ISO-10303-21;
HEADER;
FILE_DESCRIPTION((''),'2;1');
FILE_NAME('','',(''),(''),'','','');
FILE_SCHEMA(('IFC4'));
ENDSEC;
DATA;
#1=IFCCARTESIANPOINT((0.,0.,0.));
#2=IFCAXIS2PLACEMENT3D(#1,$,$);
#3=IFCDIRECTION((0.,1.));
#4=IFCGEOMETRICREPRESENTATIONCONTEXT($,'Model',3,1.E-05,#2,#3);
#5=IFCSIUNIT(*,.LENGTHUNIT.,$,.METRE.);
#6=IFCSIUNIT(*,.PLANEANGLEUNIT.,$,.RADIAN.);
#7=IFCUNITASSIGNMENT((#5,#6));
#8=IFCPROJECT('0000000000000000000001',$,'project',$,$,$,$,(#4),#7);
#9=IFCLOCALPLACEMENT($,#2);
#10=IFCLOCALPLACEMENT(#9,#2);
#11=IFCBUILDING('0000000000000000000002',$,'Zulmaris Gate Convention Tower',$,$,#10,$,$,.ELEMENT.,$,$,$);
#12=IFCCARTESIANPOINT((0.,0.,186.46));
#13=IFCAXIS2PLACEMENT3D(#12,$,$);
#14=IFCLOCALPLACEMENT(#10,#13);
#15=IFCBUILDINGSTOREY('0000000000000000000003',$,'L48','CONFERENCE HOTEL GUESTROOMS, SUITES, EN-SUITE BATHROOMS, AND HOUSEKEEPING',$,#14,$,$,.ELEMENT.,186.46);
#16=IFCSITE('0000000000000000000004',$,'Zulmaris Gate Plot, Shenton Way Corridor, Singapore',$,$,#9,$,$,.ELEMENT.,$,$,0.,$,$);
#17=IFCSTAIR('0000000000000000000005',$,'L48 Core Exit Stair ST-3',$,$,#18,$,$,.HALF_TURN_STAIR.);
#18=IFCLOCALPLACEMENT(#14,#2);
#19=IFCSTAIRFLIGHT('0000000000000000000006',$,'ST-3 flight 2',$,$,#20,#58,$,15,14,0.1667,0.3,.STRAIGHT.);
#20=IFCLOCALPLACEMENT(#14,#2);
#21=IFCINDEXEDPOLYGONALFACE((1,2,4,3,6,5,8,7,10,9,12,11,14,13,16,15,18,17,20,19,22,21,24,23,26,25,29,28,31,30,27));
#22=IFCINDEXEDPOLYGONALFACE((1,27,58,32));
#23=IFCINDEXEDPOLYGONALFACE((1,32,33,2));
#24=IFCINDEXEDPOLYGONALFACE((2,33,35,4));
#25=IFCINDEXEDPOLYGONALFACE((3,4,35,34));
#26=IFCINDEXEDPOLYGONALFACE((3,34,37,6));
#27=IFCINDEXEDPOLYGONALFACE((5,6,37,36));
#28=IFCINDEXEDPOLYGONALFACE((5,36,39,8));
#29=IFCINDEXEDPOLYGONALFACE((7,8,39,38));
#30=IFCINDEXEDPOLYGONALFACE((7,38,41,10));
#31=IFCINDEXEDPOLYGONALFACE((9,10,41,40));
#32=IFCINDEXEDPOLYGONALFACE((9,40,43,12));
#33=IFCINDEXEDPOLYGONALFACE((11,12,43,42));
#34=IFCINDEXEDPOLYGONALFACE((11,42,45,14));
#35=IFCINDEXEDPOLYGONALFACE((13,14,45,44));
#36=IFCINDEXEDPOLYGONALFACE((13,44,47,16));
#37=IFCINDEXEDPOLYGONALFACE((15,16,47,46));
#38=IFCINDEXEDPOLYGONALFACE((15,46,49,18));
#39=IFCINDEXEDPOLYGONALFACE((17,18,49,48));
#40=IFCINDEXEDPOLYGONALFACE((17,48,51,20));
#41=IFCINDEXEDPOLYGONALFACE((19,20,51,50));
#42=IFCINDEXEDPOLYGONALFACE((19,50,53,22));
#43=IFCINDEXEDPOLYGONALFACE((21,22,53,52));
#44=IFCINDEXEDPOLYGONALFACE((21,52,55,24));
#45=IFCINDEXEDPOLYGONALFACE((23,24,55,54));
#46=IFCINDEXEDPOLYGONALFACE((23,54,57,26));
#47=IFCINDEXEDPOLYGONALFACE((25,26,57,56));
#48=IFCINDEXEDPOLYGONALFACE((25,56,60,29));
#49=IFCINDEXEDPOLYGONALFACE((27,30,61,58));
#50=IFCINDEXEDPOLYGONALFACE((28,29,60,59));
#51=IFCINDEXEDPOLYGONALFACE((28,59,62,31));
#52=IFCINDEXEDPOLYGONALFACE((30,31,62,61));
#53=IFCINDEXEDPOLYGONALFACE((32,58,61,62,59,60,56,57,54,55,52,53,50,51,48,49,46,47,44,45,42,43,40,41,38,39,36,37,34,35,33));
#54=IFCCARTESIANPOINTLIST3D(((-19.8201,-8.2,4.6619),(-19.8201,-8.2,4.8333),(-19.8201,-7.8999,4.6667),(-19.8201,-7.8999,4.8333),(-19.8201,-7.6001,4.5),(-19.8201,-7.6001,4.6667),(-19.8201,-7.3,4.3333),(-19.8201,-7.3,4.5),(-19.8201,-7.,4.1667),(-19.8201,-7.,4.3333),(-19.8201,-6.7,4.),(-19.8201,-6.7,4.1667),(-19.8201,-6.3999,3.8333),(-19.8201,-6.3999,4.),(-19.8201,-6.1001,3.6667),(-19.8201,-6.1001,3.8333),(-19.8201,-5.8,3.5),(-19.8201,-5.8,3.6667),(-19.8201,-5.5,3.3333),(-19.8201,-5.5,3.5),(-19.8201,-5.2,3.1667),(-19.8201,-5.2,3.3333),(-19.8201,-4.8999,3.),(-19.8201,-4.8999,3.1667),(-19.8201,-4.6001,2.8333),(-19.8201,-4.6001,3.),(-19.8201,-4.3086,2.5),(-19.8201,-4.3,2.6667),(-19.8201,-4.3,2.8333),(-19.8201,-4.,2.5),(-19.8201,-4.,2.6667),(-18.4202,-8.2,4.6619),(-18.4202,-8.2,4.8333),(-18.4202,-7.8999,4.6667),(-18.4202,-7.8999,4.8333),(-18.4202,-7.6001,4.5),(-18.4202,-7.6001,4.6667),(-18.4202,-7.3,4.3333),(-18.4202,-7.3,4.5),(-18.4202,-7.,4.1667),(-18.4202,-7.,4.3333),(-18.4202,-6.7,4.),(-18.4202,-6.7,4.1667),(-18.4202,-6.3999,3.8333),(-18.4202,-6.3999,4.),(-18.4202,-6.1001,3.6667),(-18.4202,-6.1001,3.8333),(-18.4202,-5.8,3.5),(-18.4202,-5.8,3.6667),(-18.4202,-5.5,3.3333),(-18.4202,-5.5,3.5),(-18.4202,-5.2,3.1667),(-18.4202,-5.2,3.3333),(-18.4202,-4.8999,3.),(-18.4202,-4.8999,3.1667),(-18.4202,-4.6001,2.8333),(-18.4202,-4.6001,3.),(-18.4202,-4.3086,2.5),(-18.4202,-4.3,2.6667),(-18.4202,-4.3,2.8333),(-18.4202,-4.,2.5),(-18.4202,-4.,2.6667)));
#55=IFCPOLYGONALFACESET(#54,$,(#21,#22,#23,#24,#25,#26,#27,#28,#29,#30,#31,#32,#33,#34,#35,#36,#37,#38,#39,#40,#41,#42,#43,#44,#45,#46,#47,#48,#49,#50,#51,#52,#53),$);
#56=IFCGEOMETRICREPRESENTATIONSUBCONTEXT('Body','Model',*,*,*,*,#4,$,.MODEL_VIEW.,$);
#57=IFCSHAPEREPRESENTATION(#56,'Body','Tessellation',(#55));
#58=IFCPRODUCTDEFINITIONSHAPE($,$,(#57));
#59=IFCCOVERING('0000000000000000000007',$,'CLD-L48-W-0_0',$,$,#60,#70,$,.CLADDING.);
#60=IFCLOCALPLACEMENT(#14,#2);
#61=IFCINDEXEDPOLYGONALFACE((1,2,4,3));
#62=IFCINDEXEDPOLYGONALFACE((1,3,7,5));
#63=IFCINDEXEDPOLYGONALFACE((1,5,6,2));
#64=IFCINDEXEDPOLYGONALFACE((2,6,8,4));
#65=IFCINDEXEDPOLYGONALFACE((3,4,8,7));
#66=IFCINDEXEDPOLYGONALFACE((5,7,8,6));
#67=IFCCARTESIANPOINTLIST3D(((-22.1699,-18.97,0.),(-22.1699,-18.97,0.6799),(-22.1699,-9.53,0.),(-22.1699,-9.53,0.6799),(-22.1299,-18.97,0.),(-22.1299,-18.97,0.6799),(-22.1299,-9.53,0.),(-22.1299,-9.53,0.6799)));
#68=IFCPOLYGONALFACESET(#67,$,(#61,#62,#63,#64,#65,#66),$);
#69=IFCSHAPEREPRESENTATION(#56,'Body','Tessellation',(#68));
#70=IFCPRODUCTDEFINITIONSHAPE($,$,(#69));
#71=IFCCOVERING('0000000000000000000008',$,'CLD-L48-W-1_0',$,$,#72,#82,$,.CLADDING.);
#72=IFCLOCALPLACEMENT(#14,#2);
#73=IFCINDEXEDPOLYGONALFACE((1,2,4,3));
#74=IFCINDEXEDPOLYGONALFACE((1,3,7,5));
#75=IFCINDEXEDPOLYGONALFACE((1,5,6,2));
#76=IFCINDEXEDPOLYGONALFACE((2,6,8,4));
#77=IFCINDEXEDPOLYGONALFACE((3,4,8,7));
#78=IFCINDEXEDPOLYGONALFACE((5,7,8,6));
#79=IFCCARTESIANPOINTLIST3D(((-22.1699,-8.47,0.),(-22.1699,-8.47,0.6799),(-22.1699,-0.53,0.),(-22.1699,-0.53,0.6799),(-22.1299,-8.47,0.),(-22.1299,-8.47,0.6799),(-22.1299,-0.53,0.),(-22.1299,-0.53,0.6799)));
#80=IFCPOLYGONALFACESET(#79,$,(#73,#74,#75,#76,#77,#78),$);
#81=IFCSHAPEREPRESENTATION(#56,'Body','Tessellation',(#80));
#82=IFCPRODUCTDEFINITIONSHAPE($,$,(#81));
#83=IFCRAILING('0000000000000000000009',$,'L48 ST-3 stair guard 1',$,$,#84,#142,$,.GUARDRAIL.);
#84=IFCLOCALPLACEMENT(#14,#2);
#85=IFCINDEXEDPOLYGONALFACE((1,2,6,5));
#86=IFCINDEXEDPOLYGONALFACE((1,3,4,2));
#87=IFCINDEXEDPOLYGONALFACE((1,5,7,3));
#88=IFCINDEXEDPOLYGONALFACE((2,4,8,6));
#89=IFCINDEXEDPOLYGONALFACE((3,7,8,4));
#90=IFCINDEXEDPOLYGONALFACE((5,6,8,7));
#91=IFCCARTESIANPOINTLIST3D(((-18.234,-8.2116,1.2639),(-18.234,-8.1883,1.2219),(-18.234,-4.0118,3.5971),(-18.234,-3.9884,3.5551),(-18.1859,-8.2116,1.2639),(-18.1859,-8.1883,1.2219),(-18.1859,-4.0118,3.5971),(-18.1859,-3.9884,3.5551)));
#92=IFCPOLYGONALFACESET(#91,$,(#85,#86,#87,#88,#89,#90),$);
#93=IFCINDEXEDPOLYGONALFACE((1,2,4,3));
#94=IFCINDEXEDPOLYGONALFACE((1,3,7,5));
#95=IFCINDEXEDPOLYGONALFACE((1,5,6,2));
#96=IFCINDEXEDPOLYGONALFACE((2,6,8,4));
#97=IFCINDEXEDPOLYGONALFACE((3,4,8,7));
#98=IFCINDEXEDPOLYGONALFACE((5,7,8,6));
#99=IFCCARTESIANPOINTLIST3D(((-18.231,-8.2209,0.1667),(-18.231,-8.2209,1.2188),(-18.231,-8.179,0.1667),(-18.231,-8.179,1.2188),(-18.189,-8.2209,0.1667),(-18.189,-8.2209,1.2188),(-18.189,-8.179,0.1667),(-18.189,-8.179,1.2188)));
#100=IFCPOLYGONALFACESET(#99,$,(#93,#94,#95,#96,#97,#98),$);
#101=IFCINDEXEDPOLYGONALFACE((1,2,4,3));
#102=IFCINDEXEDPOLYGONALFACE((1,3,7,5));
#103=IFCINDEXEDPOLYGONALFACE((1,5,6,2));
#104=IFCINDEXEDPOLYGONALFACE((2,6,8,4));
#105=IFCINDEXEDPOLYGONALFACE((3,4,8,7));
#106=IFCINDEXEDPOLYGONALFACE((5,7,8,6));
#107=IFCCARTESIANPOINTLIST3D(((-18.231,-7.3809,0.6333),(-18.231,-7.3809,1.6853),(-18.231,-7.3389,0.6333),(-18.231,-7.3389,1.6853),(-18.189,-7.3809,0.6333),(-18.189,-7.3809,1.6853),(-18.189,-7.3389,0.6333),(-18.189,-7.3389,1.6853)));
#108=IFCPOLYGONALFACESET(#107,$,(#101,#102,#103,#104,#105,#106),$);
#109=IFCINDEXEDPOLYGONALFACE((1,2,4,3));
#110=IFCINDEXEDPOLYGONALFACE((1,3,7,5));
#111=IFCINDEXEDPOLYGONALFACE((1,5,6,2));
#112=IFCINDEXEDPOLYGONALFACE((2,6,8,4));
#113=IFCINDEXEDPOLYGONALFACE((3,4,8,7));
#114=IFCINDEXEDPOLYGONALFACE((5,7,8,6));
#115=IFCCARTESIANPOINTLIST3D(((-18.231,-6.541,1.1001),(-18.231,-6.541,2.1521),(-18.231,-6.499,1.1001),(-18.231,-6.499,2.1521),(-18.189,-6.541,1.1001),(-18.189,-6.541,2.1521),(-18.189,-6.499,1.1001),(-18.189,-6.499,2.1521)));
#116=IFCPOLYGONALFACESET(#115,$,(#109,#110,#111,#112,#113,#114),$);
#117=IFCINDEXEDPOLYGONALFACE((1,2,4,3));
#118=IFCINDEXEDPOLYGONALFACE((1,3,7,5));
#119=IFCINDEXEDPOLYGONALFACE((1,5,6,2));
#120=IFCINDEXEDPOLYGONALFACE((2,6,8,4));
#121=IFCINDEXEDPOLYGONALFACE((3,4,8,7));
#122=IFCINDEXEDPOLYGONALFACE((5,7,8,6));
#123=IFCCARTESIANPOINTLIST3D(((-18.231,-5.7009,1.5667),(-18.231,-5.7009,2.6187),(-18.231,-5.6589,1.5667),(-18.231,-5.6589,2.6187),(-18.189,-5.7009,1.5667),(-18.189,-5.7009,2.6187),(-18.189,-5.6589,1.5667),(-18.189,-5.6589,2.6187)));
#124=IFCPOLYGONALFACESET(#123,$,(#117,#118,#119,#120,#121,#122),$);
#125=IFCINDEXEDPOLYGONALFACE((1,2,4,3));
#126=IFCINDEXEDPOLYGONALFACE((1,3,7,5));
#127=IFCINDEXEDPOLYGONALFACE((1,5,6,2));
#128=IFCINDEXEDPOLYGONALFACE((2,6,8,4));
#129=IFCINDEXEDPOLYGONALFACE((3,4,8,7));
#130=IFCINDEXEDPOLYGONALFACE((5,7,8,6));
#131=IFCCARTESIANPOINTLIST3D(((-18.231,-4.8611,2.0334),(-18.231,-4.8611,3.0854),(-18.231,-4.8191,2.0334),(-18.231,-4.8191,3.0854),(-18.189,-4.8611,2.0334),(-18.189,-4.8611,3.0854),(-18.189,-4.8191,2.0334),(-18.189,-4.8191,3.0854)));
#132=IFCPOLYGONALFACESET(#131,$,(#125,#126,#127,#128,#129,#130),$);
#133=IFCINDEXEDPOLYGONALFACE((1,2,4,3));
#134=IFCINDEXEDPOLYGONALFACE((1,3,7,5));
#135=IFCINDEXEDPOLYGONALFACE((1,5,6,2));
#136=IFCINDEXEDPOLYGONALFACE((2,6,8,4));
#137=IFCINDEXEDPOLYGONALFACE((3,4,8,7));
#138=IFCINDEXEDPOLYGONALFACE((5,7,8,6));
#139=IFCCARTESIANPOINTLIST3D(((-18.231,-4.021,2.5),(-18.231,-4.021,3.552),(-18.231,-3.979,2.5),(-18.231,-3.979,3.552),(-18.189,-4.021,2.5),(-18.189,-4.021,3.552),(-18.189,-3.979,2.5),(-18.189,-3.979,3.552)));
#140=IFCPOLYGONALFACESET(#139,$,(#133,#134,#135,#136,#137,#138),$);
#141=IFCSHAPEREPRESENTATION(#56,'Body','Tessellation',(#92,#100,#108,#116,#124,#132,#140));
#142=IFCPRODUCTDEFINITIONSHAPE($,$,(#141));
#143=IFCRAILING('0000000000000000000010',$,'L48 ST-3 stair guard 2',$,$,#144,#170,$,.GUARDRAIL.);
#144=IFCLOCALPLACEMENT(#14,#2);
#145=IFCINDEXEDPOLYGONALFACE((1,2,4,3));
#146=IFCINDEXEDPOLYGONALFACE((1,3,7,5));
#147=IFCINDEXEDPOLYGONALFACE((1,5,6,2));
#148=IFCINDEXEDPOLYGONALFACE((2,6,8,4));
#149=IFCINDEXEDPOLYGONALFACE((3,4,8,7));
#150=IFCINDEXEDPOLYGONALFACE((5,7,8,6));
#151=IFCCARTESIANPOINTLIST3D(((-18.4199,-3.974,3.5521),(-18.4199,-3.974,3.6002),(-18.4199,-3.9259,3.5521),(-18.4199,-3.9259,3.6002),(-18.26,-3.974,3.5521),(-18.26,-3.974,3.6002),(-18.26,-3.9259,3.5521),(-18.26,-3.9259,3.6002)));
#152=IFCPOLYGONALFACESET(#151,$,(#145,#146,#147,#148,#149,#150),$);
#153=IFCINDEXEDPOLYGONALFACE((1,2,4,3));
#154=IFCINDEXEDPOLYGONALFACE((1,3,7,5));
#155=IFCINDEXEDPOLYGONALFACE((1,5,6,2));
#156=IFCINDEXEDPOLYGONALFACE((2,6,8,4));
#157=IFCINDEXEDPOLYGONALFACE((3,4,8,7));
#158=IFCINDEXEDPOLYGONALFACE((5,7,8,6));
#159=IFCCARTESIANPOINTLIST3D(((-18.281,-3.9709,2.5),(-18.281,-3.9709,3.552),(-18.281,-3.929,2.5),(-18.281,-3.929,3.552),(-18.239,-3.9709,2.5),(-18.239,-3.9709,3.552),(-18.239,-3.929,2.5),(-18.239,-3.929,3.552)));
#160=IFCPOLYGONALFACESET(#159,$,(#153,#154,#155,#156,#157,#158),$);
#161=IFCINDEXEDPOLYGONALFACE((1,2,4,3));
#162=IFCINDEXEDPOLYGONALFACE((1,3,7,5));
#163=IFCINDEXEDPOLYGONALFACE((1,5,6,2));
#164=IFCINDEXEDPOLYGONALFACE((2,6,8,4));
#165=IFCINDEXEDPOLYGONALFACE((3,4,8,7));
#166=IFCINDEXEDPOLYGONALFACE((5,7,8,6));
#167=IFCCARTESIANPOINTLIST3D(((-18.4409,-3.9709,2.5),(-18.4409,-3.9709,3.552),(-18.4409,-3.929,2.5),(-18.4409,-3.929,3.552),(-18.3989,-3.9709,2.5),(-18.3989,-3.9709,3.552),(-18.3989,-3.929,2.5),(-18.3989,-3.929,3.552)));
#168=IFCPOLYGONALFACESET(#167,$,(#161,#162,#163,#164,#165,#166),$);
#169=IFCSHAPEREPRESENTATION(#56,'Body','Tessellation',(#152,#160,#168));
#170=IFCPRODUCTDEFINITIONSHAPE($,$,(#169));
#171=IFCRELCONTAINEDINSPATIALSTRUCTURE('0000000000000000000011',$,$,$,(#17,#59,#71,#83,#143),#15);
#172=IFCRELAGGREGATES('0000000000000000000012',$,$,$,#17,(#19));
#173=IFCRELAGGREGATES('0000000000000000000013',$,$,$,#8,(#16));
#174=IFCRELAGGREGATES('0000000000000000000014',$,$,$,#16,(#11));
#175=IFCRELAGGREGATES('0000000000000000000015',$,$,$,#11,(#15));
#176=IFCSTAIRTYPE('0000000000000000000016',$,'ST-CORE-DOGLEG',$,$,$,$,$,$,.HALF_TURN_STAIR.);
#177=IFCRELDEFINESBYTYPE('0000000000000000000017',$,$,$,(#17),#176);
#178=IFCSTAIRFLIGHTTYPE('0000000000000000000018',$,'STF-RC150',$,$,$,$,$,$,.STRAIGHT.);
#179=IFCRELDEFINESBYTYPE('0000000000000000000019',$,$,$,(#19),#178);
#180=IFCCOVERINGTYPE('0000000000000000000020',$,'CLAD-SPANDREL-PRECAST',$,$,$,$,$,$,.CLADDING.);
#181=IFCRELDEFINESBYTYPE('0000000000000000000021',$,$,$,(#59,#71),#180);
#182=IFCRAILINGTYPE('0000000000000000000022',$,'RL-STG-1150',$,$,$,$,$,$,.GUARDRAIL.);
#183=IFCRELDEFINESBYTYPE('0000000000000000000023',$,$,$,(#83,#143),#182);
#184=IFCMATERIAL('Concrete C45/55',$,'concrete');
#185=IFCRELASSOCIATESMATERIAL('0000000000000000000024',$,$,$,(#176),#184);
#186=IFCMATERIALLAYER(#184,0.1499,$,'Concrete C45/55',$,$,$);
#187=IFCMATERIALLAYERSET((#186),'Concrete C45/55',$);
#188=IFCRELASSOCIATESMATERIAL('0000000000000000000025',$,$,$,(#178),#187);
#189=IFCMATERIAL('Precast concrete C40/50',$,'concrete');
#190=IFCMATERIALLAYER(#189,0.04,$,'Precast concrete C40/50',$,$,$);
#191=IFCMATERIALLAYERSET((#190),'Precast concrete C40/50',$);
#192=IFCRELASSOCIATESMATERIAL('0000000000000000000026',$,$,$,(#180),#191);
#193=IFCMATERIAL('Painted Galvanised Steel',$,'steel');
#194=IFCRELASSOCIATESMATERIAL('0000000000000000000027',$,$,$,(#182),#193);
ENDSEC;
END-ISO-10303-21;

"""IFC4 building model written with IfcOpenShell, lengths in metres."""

from ifc_helpers import new_model, si_unit, direction, frame, frame_2d, origin, origin_2d, place, context, subcontext, project, spatial, polyline, rectangle, outline, extrude, material, layer, layer_set, type_object, element, aggregate, save


model = new_model("IFC4")

# Units and contexts
model_context = context("Model", 3, precision=1e-05, world=origin(), true_north=direction((0.0, 1.0)))
body_context = subcontext(model_context, "Body", "Model", "MODEL_VIEW")
ifc_project = project(units=[si_unit("LENGTHUNIT", "METRE"), si_unit("PLANEANGLEUNIT", "RADIAN")], contexts=[model_context])

# Site, building, storey
site_placement = place(None, origin())
site = spatial("IfcSite", under=ifc_project, at=site_placement, Name="Zulmaris Gate Plot, Shenton Way Corridor, Singapore", CompositionType="ELEMENT", RefElevation=0.0)
building_placement = place(site_placement, origin())
building = spatial("IfcBuilding", under=site, at=building_placement, Name="Zulmaris Gate Convention Tower", CompositionType="ELEMENT")
storey_placement = place(building_placement, frame((0.0, 0.0, 186.46)))
storey = spatial("IfcBuildingStorey", under=building, at=storey_placement, Name="L48", Description="CONFERENCE HOTEL GUESTROOMS, SUITES, EN-SUITE BATHROOMS, AND HOUSEKEEPING", CompositionType="ELEMENT", Elevation=186.46)

# Shared definitions
ifc_material_1 = material(Name="Precast concrete C40/50", Category="concrete")

# Stair, stair flight
ifc_material_2 = material(Name="Concrete C45/55", Category="concrete")
stair_type = type_object("IfcStairType", Name="ST-CORE-DOGLEG", PredefinedType="HALF_TURN_STAIR", material=ifc_material_2)
stair_placement = place(storey_placement, origin())
stair = element("IfcStair", 1, at=stair_placement, inside=storey, type_object=stair_type, Name="L48 Core Exit Stair ST-3", PredefinedType="HALF_TURN_STAIR")
ifc_layer_1 = layer(ifc_material_2, 0.1499, Name="Concrete C45/55")
ifc_layer_set_1 = layer_set([ifc_layer_1], Name="Concrete C45/55")
stair_flight_type = type_object("IfcStairFlightType", Name="STF-RC150", PredefinedType="STRAIGHT", material=ifc_layer_set_1)
stair_flight_1_placement = place(storey_placement, frame((-19.1201, -4.0, 2.5), z_axis=(0.0, 0.0, 1.0), x_axis=(0.0, -1.0, 0.0)))
stair_flight_1 = element("IfcStairFlight", 2, at=stair_flight_1_placement, type_object=stair_flight_type, Name="ST-3 flight 2", NumberOfRisers=15, NumberOfTreads=14, PredefinedType="STRAIGHT", RiserHeight=0.1667, TreadLength=0.3, context=body_context, shape_type="SweptSolid", body=[
    extrude(outline(polyline([(0.0, 0.0), (0.0, 0.1667), (0.3, 0.1667), (0.3, 0.3333), (0.6001, 0.3333), (0.6001, 0.5), (0.8999, 0.5), (0.8999, 0.6667), (1.2, 0.6667), (1.2, 0.8333), (1.5, 0.8333), (1.5, 1.0), (1.8, 1.0), (1.8, 1.1667), (2.1001, 1.1667), (2.1001, 1.3333), (2.3999, 1.3333), (2.3999, 1.5), (2.7, 1.5), (2.7, 1.6667), (3.0, 1.6667), (3.0, 1.8333), (3.3, 1.8333), (3.3, 2.0), (3.6001, 2.0), (3.6001, 2.1667), (3.8999, 2.1667), (3.8999, 2.3333), (4.2, 2.3333), (4.2, 2.5), (4.2, 2.1619), (0.3086, 0.0), (0.0, 0.0)])), frame((0.0, 0.7, 0.0), z_axis=(0.0, -1.0, 0.0), x_axis=(1.0, 0.0, 0.0)), (0.0, 0.0, 1.0), 1.3999),
])
aggregate(stair, [stair_flight_1])

# Coverings
ifc_layer_2 = layer(ifc_material_1, 0.04, Name="Precast concrete C40/50")
ifc_layer_set_2 = layer_set([ifc_layer_2], Name="Precast concrete C40/50")
covering_type = type_object("IfcCoveringType", Name="CLAD-SPANDREL-PRECAST", PredefinedType="CLADDING", material=ifc_layer_set_2)
covering_1_placement = place(storey_placement, frame((-22.1499, -9.53, 0.0), z_axis=(0.0, 0.0, 1.0), x_axis=(0.0, -1.0, 0.0)))
element("IfcCovering", 3, at=covering_1_placement, inside=storey, type_object=covering_type, Name="CLD-L48-W-0_0", PredefinedType="CLADDING", context=body_context, shape_type="SweptSolid", body=[
    extrude(rectangle(XDim=9.4399, YDim=0.04, at=frame_2d((4.72, 0.0))), origin(), (0.0, 0.0, 1.0), 0.6799),
])
covering_2_placement = place(storey_placement, frame((-22.1499, -0.53, 0.0), z_axis=(0.0, 0.0, 1.0), x_axis=(0.0, -1.0, 0.0)))
element("IfcCovering", 4, at=covering_2_placement, inside=storey, type_object=covering_type, Name="CLD-L48-W-1_0", PredefinedType="CLADDING", context=body_context, shape_type="SweptSolid", body=[
    extrude(rectangle(XDim=7.9399, YDim=0.04, at=frame_2d((3.97, 0.0))), origin(), (0.0, 0.0, 1.0), 0.6799),
])

# Railings
ifc_material_3 = material(Name="Painted Galvanised Steel", Category="steel")
railing_type_1 = type_object("IfcRailingType", Name="RL-STG-1150", PredefinedType="GUARDRAIL", material=ifc_material_3)
railing_1_placement = place(storey_placement, frame((-18.21, -8.2, 0.1667)))
element("IfcRailing", 5, at=railing_1_placement, inside=storey, type_object=railing_type_1, Name="L48 ST-3 stair guard 1", PredefinedType="GUARDRAIL", context=body_context, shape_type="SweptSolid", body=[
    extrude(rectangle(XDim=0.0481, YDim=0.0481, at=origin_2d()), frame((0.0, 0.0, 1.0762), z_axis=(0.0, 0.874162, 0.485634), x_axis=(-1.0, 0.0, 0.0)), (0.0, 0.0, 1.0), 4.8044),
    extrude(rectangle(XDim=0.042, YDim=0.042, at=origin_2d()), origin(), (0.0, 0.0, 1.0), 1.052),
    extrude(rectangle(XDim=0.042, YDim=0.042, at=origin_2d()), frame((0.0, 0.8401, 0.4666)), (0.0, 0.0, 1.0), 1.052),
    extrude(rectangle(XDim=0.042, YDim=0.042, at=origin_2d()), frame((0.0, 1.6799, 0.9333)), (0.0, 0.0, 1.0), 1.052),
    extrude(rectangle(XDim=0.042, YDim=0.042, at=origin_2d()), frame((0.0, 2.52, 1.3999)), (0.0, 0.0, 1.0), 1.052),
    extrude(rectangle(XDim=0.042, YDim=0.042, at=origin_2d()), frame((0.0, 3.3599, 1.8667)), (0.0, 0.0, 1.0), 1.052),
    extrude(rectangle(XDim=0.042, YDim=0.042, at=origin_2d()), frame((0.0, 4.2, 2.3333)), (0.0, 0.0, 1.0), 1.052),
])
railing_2_placement = place(storey_placement, frame((-18.26, -3.95, 2.5)))
element("IfcRailing", 6, at=railing_2_placement, inside=storey, type_object=railing_type_1, Name="L48 ST-3 stair guard 2", PredefinedType="GUARDRAIL", context=body_context, shape_type="SweptSolid", body=[
    extrude(rectangle(XDim=0.0481, YDim=0.0481, at=origin_2d()), frame((0.0, 0.0, 1.0762), z_axis=(-1.0, 0.0, 0.0), x_axis=(0.0, -1.0, 0.0)), (0.0, 0.0, 1.0), 0.1599),
    extrude(rectangle(XDim=0.042, YDim=0.042, at=origin_2d()), origin(), (0.0, 0.0, 1.0), 1.052),
    extrude(rectangle(XDim=0.042, YDim=0.042, at=origin_2d()), frame((-0.1599, 0.0, 0.0)), (0.0, 0.0, 1.0), 1.052),
])

save(model, "model.ifc")
